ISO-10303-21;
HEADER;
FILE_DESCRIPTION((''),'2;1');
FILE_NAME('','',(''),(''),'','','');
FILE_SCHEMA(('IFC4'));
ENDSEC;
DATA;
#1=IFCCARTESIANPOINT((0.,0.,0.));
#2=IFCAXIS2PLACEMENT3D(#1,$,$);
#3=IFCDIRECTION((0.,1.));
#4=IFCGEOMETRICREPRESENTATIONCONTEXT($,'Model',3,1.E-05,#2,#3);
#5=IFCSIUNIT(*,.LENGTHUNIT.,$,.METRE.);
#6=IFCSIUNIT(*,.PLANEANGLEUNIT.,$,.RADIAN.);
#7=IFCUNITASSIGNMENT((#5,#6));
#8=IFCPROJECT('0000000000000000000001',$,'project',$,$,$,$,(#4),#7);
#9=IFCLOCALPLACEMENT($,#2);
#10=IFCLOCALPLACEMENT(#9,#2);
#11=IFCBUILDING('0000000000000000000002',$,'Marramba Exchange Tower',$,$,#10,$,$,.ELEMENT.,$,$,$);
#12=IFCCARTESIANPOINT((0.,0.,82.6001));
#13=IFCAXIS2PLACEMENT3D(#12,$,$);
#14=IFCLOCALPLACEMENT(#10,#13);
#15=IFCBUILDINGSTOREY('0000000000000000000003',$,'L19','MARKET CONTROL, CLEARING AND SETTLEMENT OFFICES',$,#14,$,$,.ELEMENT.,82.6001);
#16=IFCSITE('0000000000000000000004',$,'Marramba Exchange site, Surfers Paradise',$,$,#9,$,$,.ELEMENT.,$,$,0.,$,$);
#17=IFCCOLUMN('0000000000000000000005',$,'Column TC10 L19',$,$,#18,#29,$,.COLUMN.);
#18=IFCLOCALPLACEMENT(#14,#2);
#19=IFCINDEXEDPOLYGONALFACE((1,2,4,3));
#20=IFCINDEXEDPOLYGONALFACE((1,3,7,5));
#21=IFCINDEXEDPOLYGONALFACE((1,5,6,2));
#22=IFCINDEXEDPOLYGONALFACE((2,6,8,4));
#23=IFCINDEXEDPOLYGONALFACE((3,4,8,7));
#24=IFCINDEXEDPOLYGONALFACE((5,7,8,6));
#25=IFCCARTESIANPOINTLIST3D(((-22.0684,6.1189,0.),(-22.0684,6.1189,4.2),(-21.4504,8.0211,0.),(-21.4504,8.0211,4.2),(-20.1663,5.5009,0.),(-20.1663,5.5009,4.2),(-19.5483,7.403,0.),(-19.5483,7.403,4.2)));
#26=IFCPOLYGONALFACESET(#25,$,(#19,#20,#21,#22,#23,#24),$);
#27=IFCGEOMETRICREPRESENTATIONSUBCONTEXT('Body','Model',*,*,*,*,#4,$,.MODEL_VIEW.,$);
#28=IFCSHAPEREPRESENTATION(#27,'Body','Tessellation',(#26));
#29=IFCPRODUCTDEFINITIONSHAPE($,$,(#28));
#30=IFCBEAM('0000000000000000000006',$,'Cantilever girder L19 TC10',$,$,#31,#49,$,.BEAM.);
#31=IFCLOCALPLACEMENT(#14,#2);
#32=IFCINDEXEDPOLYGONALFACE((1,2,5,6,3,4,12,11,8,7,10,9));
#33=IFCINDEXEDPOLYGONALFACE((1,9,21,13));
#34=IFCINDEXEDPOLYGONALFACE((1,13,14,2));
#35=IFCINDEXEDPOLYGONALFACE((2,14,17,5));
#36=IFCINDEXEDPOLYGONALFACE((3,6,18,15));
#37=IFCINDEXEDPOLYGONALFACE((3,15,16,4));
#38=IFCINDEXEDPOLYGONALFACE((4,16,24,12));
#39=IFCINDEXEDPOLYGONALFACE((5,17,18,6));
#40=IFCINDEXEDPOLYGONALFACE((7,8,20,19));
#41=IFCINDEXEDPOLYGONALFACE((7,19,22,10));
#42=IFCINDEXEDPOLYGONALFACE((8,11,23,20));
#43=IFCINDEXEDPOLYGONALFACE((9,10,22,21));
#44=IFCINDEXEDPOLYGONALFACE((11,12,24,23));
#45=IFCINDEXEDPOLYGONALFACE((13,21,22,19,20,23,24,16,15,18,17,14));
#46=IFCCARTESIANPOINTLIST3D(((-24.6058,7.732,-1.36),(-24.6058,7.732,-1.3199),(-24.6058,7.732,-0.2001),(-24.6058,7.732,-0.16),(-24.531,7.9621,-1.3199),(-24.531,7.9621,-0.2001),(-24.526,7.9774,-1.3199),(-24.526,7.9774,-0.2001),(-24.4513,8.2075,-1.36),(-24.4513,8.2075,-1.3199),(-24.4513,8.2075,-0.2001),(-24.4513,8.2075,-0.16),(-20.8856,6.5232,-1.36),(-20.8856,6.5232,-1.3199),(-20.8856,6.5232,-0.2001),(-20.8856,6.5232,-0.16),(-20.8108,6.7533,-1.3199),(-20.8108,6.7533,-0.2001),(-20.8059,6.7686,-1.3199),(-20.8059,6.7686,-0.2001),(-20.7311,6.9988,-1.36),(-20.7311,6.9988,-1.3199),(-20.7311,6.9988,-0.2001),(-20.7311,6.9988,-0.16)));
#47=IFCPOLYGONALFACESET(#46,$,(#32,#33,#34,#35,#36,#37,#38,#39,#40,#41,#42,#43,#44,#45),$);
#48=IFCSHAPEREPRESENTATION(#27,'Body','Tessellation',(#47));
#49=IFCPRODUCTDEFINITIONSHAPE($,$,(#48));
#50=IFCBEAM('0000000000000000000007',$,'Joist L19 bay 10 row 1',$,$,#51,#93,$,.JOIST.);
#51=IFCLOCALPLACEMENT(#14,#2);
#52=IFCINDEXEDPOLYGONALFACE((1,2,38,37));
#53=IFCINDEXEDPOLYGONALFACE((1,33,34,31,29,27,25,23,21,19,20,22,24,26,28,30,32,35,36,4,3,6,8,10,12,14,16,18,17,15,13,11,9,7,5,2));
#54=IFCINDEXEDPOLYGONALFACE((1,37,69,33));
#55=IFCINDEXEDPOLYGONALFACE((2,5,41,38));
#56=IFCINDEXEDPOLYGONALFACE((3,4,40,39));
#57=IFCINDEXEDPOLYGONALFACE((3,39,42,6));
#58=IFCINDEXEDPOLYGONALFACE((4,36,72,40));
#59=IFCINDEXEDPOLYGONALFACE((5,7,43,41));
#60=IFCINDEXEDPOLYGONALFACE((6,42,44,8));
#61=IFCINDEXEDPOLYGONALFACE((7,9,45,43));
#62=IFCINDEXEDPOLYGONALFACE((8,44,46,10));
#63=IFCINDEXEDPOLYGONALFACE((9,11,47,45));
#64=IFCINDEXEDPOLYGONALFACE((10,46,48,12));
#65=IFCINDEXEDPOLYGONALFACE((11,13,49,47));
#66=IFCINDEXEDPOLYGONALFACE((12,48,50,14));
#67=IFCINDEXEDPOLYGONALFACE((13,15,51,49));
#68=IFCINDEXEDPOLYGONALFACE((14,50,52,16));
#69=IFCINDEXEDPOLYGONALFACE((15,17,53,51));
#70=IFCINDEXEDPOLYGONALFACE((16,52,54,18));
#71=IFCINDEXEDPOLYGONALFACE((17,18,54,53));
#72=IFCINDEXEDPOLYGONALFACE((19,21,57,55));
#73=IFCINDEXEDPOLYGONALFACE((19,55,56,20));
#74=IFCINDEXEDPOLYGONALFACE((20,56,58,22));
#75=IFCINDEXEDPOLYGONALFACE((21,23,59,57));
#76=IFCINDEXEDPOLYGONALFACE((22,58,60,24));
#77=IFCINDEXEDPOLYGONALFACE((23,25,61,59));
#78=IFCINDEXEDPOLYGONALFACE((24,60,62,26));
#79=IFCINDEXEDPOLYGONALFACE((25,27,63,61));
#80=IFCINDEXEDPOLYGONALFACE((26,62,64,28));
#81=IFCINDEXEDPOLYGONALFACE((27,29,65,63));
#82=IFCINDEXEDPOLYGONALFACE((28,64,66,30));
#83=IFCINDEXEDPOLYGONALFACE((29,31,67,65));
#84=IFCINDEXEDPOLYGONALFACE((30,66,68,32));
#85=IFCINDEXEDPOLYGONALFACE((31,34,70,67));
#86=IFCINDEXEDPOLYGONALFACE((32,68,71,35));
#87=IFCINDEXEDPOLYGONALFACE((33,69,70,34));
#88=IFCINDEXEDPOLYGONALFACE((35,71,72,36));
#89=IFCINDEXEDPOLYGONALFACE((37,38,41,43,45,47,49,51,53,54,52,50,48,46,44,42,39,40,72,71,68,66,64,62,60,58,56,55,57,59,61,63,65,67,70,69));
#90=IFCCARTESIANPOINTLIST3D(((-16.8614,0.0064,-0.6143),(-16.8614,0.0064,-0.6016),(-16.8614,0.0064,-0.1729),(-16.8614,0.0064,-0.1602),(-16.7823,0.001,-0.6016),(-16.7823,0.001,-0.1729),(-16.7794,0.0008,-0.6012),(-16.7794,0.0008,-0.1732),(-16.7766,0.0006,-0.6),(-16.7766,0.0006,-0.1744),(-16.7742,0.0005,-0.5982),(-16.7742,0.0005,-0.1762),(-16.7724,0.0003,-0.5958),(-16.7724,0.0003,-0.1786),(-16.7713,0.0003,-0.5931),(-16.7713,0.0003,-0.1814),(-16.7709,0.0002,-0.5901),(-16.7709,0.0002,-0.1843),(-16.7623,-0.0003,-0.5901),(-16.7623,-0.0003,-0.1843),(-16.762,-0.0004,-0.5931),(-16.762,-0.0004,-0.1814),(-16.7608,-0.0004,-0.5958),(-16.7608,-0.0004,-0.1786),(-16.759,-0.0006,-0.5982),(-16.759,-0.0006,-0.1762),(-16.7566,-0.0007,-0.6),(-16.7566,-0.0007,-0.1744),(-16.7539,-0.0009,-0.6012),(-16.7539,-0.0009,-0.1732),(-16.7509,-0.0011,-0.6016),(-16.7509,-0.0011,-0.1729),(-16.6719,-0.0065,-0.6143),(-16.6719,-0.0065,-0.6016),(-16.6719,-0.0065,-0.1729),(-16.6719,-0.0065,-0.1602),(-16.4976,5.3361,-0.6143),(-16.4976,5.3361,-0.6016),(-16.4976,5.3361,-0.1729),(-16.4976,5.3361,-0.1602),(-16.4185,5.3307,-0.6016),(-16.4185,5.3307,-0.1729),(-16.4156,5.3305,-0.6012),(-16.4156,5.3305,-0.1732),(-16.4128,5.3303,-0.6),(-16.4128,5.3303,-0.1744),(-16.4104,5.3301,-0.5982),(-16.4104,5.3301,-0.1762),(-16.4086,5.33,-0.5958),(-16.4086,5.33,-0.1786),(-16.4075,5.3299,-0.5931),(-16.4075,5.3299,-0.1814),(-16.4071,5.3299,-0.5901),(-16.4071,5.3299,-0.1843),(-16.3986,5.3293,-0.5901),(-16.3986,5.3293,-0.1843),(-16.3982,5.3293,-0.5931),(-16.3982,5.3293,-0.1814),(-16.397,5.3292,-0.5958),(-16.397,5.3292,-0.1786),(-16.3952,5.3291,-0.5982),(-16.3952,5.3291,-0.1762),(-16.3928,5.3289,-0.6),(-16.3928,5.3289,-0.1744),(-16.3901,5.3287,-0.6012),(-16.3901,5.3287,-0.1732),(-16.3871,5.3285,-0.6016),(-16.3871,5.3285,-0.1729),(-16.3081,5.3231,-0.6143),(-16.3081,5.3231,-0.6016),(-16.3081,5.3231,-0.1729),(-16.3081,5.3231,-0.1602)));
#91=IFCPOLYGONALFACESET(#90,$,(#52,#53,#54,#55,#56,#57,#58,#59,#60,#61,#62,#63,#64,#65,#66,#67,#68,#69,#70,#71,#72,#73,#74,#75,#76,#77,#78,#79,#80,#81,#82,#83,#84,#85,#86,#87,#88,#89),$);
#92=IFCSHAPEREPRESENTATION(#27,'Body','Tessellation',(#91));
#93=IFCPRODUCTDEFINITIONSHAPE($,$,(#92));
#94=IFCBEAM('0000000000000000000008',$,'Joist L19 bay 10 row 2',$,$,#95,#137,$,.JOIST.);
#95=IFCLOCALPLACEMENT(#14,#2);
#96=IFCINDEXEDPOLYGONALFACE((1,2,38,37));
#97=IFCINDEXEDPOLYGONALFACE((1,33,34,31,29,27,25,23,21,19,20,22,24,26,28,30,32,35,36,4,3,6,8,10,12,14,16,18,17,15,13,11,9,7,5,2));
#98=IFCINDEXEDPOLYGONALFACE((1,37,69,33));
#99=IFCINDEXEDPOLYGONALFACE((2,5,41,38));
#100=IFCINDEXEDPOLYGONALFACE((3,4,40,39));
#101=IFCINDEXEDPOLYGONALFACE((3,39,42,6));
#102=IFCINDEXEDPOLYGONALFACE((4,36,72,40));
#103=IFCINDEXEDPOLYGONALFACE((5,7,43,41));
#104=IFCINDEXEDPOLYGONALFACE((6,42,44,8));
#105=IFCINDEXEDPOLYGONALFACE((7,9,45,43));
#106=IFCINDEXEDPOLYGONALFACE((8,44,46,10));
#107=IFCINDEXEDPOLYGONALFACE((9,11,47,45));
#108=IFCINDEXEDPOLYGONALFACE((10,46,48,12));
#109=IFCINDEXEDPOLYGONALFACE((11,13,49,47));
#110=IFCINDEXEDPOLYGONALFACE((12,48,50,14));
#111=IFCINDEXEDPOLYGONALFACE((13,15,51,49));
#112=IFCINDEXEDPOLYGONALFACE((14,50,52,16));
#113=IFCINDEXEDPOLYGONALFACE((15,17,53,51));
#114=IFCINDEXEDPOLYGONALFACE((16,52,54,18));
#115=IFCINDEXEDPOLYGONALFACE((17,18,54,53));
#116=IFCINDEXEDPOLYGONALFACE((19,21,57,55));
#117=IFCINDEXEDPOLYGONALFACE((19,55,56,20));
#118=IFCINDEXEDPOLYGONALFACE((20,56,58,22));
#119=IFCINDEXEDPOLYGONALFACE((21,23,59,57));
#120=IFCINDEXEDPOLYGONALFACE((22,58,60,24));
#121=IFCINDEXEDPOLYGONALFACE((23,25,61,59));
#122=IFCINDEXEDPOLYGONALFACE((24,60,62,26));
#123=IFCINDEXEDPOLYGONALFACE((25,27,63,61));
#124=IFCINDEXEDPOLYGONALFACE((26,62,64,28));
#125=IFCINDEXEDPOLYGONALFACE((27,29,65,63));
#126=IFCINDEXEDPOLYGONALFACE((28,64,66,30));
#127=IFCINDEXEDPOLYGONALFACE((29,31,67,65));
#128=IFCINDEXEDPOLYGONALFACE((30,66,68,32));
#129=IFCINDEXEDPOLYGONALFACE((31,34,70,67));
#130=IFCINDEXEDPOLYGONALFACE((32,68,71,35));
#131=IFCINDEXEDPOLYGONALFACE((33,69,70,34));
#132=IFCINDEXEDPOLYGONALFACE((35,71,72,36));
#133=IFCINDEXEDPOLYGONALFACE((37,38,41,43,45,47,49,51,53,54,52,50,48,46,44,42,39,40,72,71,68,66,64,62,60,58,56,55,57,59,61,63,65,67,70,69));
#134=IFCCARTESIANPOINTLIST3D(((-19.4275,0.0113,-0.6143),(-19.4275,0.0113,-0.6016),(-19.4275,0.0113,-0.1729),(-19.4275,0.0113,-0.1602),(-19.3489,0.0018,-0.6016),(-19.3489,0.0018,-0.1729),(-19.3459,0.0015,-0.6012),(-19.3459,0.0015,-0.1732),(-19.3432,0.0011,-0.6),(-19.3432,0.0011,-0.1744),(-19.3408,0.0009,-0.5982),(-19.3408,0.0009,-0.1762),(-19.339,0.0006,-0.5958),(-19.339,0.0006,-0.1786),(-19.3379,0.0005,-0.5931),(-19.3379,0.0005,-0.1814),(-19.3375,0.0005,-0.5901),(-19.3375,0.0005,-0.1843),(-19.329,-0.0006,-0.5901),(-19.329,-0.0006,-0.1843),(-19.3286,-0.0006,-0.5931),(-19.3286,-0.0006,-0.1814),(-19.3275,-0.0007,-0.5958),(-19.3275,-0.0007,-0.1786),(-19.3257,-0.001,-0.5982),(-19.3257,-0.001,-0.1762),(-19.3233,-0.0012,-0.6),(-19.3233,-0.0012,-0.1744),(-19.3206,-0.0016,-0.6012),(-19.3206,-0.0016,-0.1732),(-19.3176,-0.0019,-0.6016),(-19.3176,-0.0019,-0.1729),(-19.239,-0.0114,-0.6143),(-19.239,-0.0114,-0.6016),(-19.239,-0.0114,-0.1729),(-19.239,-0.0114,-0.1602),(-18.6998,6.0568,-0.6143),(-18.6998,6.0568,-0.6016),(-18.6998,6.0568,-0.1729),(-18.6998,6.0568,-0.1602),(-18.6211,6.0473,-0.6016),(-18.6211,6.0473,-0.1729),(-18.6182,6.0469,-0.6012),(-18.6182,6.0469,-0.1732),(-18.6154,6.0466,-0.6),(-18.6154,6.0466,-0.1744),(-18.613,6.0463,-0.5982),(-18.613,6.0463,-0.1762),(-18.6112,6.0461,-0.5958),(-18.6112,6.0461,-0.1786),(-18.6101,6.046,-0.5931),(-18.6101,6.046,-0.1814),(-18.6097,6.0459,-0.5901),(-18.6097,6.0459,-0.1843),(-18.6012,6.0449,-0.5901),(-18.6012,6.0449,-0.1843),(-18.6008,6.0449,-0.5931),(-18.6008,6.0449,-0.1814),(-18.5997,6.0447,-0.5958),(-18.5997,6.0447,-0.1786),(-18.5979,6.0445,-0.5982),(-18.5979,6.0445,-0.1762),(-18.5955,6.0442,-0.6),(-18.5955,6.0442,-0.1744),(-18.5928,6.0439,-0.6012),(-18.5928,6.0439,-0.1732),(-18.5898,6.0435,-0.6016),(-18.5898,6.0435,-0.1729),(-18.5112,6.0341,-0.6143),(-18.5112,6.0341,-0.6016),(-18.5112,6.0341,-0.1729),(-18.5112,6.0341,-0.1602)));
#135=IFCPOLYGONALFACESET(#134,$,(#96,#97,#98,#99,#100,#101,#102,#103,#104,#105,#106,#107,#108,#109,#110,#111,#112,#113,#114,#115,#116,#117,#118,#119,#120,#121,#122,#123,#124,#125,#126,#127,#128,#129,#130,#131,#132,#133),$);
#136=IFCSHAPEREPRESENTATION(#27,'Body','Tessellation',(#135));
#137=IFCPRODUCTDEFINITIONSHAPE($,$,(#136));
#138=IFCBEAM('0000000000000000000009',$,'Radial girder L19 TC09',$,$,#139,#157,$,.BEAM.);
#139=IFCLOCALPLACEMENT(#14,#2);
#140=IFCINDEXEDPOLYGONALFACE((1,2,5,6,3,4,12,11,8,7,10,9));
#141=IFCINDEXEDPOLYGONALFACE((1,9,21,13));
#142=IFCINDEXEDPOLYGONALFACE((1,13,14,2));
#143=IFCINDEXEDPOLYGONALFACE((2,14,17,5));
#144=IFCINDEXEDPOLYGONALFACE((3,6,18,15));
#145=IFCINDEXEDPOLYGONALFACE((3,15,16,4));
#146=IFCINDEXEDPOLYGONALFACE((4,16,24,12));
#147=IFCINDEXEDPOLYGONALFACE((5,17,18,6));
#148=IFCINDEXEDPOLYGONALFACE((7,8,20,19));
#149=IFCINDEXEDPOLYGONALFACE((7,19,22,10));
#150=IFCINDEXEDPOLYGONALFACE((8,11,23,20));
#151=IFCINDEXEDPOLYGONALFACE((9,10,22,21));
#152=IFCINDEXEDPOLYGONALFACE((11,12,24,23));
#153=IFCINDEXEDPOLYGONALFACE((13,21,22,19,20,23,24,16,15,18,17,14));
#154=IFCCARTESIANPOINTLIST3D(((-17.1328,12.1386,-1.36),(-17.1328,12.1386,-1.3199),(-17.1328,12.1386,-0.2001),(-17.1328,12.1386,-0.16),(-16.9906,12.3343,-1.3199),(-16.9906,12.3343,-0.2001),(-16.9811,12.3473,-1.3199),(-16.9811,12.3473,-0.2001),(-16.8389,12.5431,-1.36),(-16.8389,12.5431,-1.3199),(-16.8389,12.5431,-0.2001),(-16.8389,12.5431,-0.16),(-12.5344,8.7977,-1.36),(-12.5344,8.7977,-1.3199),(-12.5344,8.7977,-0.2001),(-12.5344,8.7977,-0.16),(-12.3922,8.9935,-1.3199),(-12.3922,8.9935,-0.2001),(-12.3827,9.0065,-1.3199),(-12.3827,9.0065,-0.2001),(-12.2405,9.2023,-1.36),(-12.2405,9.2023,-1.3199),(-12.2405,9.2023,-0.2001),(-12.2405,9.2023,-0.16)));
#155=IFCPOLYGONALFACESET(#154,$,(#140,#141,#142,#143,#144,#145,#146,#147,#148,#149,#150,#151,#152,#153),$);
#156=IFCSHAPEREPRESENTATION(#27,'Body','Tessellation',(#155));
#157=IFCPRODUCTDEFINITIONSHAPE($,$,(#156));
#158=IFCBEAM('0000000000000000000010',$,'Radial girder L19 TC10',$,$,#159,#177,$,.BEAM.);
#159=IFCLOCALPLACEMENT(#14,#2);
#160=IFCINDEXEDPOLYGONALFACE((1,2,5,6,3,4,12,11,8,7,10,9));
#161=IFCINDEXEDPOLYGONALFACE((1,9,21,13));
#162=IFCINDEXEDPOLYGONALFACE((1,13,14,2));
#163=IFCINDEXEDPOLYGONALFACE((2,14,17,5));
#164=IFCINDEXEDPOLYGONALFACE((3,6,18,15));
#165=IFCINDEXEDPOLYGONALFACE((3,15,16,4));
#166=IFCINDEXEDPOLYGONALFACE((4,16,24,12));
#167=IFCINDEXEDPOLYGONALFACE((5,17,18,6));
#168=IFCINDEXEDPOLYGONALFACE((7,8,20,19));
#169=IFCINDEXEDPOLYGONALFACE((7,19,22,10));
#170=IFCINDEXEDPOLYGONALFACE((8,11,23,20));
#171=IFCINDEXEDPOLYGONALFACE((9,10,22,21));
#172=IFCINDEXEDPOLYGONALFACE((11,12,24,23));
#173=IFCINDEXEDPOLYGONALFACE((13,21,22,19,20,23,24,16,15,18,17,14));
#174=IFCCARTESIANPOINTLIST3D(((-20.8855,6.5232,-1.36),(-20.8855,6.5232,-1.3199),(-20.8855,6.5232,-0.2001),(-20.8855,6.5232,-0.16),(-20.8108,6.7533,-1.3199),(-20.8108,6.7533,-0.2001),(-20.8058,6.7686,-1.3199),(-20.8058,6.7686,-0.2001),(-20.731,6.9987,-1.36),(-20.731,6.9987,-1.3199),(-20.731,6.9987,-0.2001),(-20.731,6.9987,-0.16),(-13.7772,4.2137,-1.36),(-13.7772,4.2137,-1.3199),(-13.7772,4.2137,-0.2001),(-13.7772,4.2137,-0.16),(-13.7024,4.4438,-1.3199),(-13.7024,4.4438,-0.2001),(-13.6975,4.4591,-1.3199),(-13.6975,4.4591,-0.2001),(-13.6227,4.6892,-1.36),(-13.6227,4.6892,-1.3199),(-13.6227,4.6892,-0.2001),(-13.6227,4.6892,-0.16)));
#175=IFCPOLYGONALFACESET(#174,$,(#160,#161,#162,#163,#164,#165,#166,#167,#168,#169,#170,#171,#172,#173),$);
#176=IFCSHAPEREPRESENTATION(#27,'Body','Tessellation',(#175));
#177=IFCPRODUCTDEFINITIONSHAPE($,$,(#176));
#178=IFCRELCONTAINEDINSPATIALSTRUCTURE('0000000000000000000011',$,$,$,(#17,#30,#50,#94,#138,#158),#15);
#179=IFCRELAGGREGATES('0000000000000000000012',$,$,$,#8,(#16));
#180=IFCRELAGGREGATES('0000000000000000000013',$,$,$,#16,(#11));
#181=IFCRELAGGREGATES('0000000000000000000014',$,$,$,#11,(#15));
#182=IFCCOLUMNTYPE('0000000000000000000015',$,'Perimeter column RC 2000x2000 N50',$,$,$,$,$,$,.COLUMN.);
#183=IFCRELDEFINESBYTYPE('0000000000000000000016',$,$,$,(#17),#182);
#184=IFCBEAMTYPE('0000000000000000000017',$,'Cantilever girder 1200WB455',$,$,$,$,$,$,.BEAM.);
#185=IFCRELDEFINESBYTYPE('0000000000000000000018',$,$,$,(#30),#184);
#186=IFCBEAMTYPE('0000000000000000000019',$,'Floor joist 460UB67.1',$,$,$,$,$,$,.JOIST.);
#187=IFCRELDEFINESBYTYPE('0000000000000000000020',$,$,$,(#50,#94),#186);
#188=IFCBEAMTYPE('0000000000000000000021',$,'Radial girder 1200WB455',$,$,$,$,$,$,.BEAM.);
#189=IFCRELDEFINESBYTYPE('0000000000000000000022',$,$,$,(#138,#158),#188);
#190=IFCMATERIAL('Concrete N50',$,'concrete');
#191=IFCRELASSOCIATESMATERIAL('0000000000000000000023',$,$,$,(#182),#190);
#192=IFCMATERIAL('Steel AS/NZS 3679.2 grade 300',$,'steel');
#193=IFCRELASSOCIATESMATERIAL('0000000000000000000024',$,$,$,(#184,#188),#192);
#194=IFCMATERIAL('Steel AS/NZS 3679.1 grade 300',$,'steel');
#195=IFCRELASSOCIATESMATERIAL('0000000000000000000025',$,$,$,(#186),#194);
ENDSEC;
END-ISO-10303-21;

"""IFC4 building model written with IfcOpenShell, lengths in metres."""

from ifc_helpers import new_model, si_unit, direction, frame, origin, origin_2d, place, context, subcontext, project, spatial, rectangle, i_section, extrude, material, material_profile, profile_set, type_object, element, save


model = new_model("IFC4")

# Units and contexts
model_context = context("Model", 3, precision=1e-05, world=origin(), true_north=direction((0.0, 1.0)))
body_context = subcontext(model_context, "Body", "Model", "MODEL_VIEW")
ifc_project = project(units=[si_unit("LENGTHUNIT", "METRE"), si_unit("PLANEANGLEUNIT", "RADIAN")], contexts=[model_context])

# Site, building, storey
site_placement = place(None, origin())
site = spatial("IfcSite", under=ifc_project, at=site_placement, Name="Marramba Exchange site, Surfers Paradise", CompositionType="ELEMENT", RefElevation=0.0)
building_placement = place(site_placement, origin())
building = spatial("IfcBuilding", under=site, at=building_placement, Name="Marramba Exchange Tower", CompositionType="ELEMENT")
storey_placement = place(building_placement, frame((0.0, 0.0, 82.6001)))
storey = spatial("IfcBuildingStorey", under=building, at=storey_placement, Name="L19", Description="MARKET CONTROL, CLEARING AND SETTLEMENT OFFICES", CompositionType="ELEMENT", Elevation=82.6001)

# Column
ifc_material_1 = material(Name="Concrete N50", Category="concrete")
ifc_material_profile_1 = material_profile(ifc_material_1, rectangle(XDim=2.0, YDim=2.0, at=origin_2d()), Name="RC 2000x2000")
ifc_profile_set_1 = profile_set([ifc_material_profile_1], Name="Concrete N50")
column_type = type_object("IfcColumnType", Name="Perimeter column RC 2000x2000 N50", PredefinedType="COLUMN", material=ifc_profile_set_1)
column_placement = place(storey_placement, frame((-20.8083, 6.761, 0.0), z_axis=(0.0, 0.0, 1.0), x_axis=(-0.951057, 0.309017, 0.0)))
element("IfcColumn", 1, at=column_placement, inside=storey, type_object=column_type, Name="Column TC10 L19", PredefinedType="COLUMN", context=body_context, shape_type="SweptSolid", body=[
    extrude(rectangle(XDim=2.0, YDim=2.0, at=origin_2d()), origin(), (0.0, 0.0, 1.0), 4.2),
])

# Beams
ifc_material_2 = material(Name="Steel AS/NZS 3679.2 grade 300", Category="steel")
ifc_material_profile_2 = material_profile(ifc_material_2, i_section(OverallWidth=0.5, OverallDepth=1.2, WebThickness=0.0161, FlangeThickness=0.04, at=origin_2d()), Name="1200WB455")
ifc_profile_set_2 = profile_set([ifc_material_profile_2], Name="Steel AS/NZS 3679.2 grade 300")
beam_type_1 = type_object("IfcBeamType", Name="Cantilever girder 1200WB455", PredefinedType="BEAM", material=ifc_profile_set_2)
beam_1_placement = place(storey_placement, frame((-20.8083, 6.761, -0.76), z_axis=(-0.951059, 0.30901, 0.0), x_axis=(-0.30901, -0.951059, 0.0)))
element("IfcBeam", 2, at=beam_1_placement, inside=storey, type_object=beam_type_1, Name="Cantilever girder L19 TC10", PredefinedType="BEAM", context=body_context, shape_type="SweptSolid", body=[
    extrude(i_section(OverallWidth=0.5, OverallDepth=1.2, WebThickness=0.0161, FlangeThickness=0.04, at=origin_2d()), origin(), (0.0, 0.0, 1.0), 3.9116),
])
ifc_material_3 = material(Name="Steel AS/NZS 3679.1 grade 300", Category="steel")
ifc_material_profile_3 = material_profile(ifc_material_3, i_section(OverallWidth=0.1899, OverallDepth=0.4541, WebThickness=0.0085, FlangeThickness=0.0127, FilletRadius=0.0115, at=origin_2d()), Name="460UB67.1")
ifc_profile_set_3 = profile_set([ifc_material_profile_3], Name="Steel AS/NZS 3679.1 grade 300")
beam_type_2 = type_object("IfcBeamType", Name="Floor joist 460UB67.1", PredefinedType="JOIST", material=ifc_profile_set_3)
beam_2_placement = place(storey_placement, frame((-16.4028, 5.3296, -0.3872), z_axis=(-0.068096, -0.997679, 0.0), x_axis=(0.997679, -0.068096, 0.0)))
element("IfcBeam", 3, at=beam_2_placement, inside=storey, type_object=beam_type_2, Name="Joist L19 bay 10 row 1", PredefinedType="JOIST", context=body_context, shape_type="SweptSolid", body=[
    extrude(i_section(OverallWidth=0.1899, OverallDepth=0.4541, WebThickness=0.0085, FlangeThickness=0.0127, FilletRadius=0.0115, at=origin_2d()), origin(), (0.0, 0.0, 1.0), 5.342),
])
beam_3_placement = place(storey_placement, frame((-18.6055, 6.0454, -0.3872), z_axis=(-0.119523, -0.992831, 0.0), x_axis=(0.992831, -0.119523, 0.0)))
element("IfcBeam", 4, at=beam_3_placement, inside=storey, type_object=beam_type_2, Name="Joist L19 bay 10 row 2", PredefinedType="JOIST", context=body_context, shape_type="SweptSolid", body=[
    extrude(i_section(OverallWidth=0.1899, OverallDepth=0.4541, WebThickness=0.0085, FlangeThickness=0.0127, FilletRadius=0.0115, at=origin_2d()), origin(), (0.0, 0.0, 1.0), 6.0891),
])
ifc_material_profile_4 = material_profile(ifc_material_2, i_section(OverallWidth=0.5, OverallDepth=1.2, WebThickness=0.0161, FlangeThickness=0.04, at=origin_2d()), Name="1200WB455")
ifc_profile_set_4 = profile_set([ifc_material_profile_4], Name="Steel AS/NZS 3679.2 grade 300")
beam_type_3 = type_object("IfcBeamType", Name="Radial girder 1200WB455", PredefinedType="BEAM", material=ifc_profile_set_4)
beam_4_placement = place(storey_placement, frame((-12.3875, 9.0, -0.76), z_axis=(-0.809026, 0.587773, 0.0), x_axis=(-0.587773, -0.809026, 0.0)))
element("IfcBeam", 5, at=beam_4_placement, inside=storey, type_object=beam_type_3, Name="Radial girder L19 TC09", PredefinedType="BEAM", context=body_context, shape_type="SweptSolid", body=[
    extrude(i_section(OverallWidth=0.5, OverallDepth=1.2, WebThickness=0.0161, FlangeThickness=0.04, at=origin_2d()), origin(), (0.0, 0.0, 1.0), 5.6838),
])
beam_5_placement = place(storey_placement, frame((-13.7, 4.4514, -0.76), z_axis=(-0.95106, 0.309006, 0.0), x_axis=(-0.309006, -0.95106, 0.0)))
element("IfcBeam", 6, at=beam_5_placement, inside=storey, type_object=beam_type_3, Name="Radial girder L19 TC10", PredefinedType="BEAM", context=body_context, shape_type="SweptSolid", body=[
    extrude(i_section(OverallWidth=0.5, OverallDepth=1.2, WebThickness=0.0161, FlangeThickness=0.04, at=origin_2d()), origin(), (0.0, 0.0, 1.0), 7.4741),
])

save(model, "model.ifc")
